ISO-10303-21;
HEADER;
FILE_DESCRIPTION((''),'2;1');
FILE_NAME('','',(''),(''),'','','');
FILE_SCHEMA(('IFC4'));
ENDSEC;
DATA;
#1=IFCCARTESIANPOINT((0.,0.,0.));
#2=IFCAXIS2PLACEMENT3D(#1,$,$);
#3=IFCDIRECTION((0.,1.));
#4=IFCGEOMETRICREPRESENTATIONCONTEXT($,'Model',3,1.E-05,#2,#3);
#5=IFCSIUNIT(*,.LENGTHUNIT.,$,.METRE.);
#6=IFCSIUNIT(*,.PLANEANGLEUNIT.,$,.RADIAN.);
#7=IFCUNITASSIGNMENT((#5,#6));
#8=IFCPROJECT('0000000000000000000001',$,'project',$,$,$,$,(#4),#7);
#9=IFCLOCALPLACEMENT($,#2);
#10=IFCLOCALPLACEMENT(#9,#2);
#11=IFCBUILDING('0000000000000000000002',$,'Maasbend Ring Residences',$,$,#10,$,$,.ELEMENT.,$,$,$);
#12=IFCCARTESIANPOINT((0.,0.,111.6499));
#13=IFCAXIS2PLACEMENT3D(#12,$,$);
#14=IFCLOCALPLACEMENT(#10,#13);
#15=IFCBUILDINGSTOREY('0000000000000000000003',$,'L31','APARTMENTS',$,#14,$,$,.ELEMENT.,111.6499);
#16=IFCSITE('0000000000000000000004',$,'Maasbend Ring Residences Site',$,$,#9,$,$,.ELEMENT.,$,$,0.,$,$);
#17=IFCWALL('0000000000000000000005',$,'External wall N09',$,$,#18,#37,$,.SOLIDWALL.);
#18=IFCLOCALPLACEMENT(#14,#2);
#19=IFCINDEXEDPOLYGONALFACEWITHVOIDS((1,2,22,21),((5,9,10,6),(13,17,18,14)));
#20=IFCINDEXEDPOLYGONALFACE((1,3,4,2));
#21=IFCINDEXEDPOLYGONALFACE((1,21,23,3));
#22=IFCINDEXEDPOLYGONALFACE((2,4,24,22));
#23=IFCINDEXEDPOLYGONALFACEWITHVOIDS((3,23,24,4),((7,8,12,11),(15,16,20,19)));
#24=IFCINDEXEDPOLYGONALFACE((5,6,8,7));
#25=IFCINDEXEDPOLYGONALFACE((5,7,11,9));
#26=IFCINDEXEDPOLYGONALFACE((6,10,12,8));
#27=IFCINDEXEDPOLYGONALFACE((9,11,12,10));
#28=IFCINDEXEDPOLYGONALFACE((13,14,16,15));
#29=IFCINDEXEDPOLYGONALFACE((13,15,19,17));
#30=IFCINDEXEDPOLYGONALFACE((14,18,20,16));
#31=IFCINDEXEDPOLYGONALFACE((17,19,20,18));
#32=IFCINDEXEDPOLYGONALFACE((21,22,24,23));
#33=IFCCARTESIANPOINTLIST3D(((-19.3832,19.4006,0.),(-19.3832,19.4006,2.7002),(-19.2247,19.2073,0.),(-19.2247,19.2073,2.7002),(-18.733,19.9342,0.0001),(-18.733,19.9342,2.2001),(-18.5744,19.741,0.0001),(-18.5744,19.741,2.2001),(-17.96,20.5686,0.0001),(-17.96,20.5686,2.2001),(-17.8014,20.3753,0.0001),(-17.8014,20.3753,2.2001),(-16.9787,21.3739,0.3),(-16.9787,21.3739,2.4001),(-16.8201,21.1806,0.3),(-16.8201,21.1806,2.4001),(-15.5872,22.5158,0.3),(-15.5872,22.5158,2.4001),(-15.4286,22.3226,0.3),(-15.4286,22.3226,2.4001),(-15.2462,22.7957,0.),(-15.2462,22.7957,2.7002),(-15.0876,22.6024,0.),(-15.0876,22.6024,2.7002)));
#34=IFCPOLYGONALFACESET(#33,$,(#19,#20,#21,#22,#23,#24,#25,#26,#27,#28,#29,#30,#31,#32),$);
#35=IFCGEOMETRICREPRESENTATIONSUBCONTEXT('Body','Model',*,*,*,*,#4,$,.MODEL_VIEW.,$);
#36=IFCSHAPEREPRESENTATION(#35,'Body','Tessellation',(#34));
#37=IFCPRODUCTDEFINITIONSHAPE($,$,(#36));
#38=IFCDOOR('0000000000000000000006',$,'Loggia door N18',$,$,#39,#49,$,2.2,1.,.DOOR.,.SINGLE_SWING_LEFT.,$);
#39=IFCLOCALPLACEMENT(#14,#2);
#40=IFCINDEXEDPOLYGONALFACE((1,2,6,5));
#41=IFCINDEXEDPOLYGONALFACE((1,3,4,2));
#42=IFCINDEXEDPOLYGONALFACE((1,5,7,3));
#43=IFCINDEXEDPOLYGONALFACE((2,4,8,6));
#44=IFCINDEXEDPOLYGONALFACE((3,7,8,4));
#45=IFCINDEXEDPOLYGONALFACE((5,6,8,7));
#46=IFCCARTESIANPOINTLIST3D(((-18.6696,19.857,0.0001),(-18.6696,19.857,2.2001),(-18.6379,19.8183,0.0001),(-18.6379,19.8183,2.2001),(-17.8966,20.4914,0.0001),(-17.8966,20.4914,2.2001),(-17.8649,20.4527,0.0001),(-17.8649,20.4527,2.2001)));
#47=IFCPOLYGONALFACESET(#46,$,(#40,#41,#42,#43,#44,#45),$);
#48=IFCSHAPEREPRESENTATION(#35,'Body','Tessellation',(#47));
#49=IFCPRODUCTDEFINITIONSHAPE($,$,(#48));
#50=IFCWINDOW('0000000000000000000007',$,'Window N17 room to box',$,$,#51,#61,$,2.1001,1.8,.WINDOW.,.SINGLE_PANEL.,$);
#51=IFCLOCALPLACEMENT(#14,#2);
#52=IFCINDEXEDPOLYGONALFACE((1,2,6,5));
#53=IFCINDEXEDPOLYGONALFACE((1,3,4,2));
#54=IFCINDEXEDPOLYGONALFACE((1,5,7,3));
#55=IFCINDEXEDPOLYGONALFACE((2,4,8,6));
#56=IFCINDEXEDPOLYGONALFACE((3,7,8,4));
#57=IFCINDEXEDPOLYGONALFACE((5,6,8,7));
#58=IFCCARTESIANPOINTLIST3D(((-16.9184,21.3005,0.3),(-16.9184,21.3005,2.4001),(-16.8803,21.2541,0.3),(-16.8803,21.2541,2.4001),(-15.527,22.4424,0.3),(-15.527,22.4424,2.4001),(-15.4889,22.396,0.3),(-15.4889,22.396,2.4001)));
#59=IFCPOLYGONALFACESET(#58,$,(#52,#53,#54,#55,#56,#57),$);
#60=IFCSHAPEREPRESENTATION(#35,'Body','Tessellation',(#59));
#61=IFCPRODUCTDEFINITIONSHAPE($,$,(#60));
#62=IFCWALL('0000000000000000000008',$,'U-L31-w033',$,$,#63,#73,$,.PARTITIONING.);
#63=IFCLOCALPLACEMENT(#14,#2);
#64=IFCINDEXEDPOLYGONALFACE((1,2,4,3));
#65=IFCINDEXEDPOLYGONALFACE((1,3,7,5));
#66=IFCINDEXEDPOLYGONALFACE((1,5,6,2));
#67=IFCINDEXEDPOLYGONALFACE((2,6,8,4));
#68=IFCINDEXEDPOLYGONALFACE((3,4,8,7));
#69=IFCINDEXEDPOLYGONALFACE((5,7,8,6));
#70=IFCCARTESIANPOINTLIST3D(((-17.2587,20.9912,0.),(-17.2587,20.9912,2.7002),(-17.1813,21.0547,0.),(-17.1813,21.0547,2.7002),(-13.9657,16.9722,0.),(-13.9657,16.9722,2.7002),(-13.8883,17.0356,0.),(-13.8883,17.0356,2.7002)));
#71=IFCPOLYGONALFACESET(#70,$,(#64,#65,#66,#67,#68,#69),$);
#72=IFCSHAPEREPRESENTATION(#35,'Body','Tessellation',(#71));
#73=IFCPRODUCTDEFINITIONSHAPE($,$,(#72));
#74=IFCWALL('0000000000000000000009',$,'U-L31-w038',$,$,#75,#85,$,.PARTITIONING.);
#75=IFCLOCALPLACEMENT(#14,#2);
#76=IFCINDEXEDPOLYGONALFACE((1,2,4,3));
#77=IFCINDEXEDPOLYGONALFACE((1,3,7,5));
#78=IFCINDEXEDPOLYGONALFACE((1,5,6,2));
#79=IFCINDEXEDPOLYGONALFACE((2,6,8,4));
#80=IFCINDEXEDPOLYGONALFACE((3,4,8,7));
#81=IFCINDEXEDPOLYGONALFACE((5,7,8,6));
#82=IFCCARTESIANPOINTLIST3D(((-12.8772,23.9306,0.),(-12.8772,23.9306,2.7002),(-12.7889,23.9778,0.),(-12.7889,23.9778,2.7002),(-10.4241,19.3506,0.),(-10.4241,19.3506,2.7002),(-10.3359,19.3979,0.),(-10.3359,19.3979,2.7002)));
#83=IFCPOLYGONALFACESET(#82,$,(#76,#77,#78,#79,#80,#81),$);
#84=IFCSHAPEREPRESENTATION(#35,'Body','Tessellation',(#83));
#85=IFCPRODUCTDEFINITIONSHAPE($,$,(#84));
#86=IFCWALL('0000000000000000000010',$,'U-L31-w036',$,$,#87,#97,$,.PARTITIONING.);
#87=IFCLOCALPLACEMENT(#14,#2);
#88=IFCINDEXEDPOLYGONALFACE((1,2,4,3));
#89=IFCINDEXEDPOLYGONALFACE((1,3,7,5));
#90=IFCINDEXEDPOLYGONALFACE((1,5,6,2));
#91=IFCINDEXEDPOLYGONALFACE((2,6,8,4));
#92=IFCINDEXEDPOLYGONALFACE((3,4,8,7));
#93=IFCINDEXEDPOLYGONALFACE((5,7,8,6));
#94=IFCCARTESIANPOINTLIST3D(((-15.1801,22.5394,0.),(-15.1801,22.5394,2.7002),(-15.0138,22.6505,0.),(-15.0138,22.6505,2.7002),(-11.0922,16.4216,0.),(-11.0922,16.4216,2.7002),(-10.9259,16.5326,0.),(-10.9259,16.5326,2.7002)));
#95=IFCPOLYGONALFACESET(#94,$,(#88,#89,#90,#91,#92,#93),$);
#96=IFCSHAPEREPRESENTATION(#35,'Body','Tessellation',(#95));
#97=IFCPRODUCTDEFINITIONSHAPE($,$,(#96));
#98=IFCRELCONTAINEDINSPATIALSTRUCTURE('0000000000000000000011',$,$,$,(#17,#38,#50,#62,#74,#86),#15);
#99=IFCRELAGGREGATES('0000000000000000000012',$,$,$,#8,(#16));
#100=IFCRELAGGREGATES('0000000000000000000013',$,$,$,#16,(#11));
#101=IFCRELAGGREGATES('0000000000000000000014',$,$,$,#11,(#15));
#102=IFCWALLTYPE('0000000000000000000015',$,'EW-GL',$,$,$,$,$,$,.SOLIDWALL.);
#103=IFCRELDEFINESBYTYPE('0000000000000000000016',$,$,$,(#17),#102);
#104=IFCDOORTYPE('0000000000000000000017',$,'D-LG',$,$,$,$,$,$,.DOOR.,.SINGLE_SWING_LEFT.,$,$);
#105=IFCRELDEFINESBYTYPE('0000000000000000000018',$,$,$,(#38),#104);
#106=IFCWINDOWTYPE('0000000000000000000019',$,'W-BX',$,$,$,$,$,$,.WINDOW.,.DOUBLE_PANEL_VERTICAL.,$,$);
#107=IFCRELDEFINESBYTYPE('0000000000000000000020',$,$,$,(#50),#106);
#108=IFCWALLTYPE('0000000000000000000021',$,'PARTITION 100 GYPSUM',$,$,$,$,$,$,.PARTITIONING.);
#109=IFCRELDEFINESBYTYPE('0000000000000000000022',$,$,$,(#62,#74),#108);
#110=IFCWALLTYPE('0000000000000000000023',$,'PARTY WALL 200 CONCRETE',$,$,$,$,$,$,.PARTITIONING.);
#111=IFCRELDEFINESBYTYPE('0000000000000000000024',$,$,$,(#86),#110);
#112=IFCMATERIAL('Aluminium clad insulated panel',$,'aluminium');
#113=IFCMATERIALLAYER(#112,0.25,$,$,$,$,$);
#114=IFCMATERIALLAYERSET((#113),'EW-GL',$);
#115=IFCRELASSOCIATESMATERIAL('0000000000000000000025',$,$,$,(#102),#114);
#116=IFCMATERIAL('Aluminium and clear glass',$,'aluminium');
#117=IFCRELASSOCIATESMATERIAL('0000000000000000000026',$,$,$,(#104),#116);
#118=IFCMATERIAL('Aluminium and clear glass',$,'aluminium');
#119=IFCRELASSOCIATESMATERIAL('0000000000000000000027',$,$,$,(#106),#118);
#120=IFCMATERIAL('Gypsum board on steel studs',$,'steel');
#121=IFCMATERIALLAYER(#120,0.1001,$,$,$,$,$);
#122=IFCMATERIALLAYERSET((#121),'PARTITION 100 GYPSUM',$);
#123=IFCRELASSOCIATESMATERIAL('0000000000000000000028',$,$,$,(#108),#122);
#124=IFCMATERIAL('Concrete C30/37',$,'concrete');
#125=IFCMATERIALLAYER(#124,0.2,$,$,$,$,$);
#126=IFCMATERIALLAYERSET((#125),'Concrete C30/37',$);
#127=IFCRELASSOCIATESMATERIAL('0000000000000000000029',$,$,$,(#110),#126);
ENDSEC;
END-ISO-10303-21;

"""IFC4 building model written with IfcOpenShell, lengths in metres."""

from ifc_helpers import new_model, si_unit, direction, frame, frame_2d, origin, place, context, subcontext, project, spatial, rectangle, extrude, material, layer, layer_set, type_object, element, fill, save


model = new_model("IFC4")

# Units and contexts
model_context = context("Model", 3, precision=1e-05, world=origin(), true_north=direction((0.0, 1.0)))
body_context = subcontext(model_context, "Body", "Model", "MODEL_VIEW")
ifc_project = project(units=[si_unit("LENGTHUNIT", "METRE"), si_unit("PLANEANGLEUNIT", "RADIAN")], contexts=[model_context])

# Site, building, storey
site_placement = place(None, origin())
site = spatial("IfcSite", under=ifc_project, at=site_placement, Name="Maasbend Ring Residences Site", CompositionType="ELEMENT", RefElevation=0.0)
building_placement = place(site_placement, origin())
building = spatial("IfcBuilding", under=site, at=building_placement, Name="Maasbend Ring Residences", CompositionType="ELEMENT")
storey_placement = place(building_placement, frame((0.0, 0.0, 111.6499)))
storey = spatial("IfcBuildingStorey", under=building, at=storey_placement, Name="L31", Description="APARTMENTS", CompositionType="ELEMENT", Elevation=111.6499)

# Wall, openings, door, window
ifc_material_1 = material(Name="Aluminium clad insulated panel", Category="aluminium")
ifc_layer_1 = layer(ifc_material_1, 0.25)
ifc_layer_set_1 = layer_set([ifc_layer_1], Name="EW-GL")
wall_type_1 = type_object("IfcWallType", Name="EW-GL", PredefinedType="SOLIDWALL", material=ifc_layer_set_1)
wall_1_placement = place(storey_placement, frame((-15.167, 22.699, 0.0), z_axis=(0.0, 0.0, 1.0), x_axis=(-0.773019, -0.634382, 0.0)))
wall_1 = element("IfcWall", 1, at=wall_1_placement, inside=storey, type_object=wall_type_1, Name="External wall N09", PredefinedType="SOLIDWALL", context=body_context, shape_type="SweptSolid", body=[
    extrude(rectangle(XDim=5.3518, YDim=0.25, at=frame_2d((2.6758, 0.0))), origin(), (0.0, 0.0, 1.0), 2.7002),
])
opening_1_placement = place(wall_1_placement, frame((0.4412, 0.0, 0.3)))
opening_1 = element("IfcOpeningElement", 2, at=opening_1_placement, cuts=wall_1, PredefinedType="OPENING", context=body_context, shape_type="SweptSolid", body=[
    extrude(rectangle(XDim=1.8, YDim=2.1001, at=frame_2d((0.8999, 1.05))), frame((0.0, 0.135, 0.0), z_axis=(0.0, -1.0, 0.0), x_axis=(1.0, 0.0, 0.0)), (0.0, 0.0, 1.0), 0.27),
])
opening_2_placement = place(wall_1_placement, frame((3.5105, 0.0, 0.0)))
opening_2 = element("IfcOpeningElement", 3, at=opening_2_placement, cuts=wall_1, PredefinedType="OPENING", context=body_context, shape_type="SweptSolid", body=[
    extrude(rectangle(XDim=1.0, YDim=2.2, at=frame_2d((0.5, 1.1001))), frame((0.0, 0.135, 0.0), z_axis=(0.0, -1.0, 0.0), x_axis=(1.0, 0.0, 0.0)), (0.0, 0.0, 1.0), 0.27),
])
ifc_material_2 = material(Name="Aluminium and clear glass", Category="aluminium")
door_type = type_object("IfcDoorType", Name="D-LG", OperationType="SINGLE_SWING_LEFT", PredefinedType="DOOR", material=ifc_material_2)
door_placement = place(opening_2_placement, origin())
door = element("IfcDoor", 4, at=door_placement, inside=storey, type_object=door_type, Name="Loggia door N18", OperationType="SINGLE_SWING_LEFT", OverallHeight=2.2, OverallWidth=1.0, PredefinedType="DOOR", context=body_context, shape_type="SweptSolid", body=[
    extrude(rectangle(XDim=1.0, YDim=2.2, at=frame_2d((0.5, 1.1001))), frame((0.0, 0.0249, 0.0), z_axis=(0.0, -1.0, 0.0), x_axis=(1.0, 0.0, 0.0)), (0.0, 0.0, 1.0), 0.05),
])
fill(opening_2, door)
ifc_material_3 = material(Name="Aluminium and clear glass", Category="aluminium")
window_type_1 = type_object("IfcWindowType", Name="W-BX", PartitioningType="DOUBLE_PANEL_VERTICAL", PredefinedType="WINDOW", material=ifc_material_3)
window_1_placement = place(opening_1_placement, origin())
window_1 = element("IfcWindow", 5, at=window_1_placement, inside=storey, type_object=window_type_1, Name="Window N17 room to box", OverallHeight=2.1001, OverallWidth=1.8, PartitioningType="SINGLE_PANEL", PredefinedType="WINDOW", context=body_context, shape_type="SweptSolid", body=[
    extrude(rectangle(XDim=1.8, YDim=2.1001, at=frame_2d((0.8999, 1.05))), frame((0.0, 0.03, 0.0), z_axis=(0.0, -1.0, 0.0), x_axis=(1.0, 0.0, 0.0)), (0.0, 0.0, 1.0), 0.0601),
])
fill(opening_1, window_1)

# Walls
ifc_material_4 = material(Name="Gypsum board on steel studs", Category="steel")
ifc_layer_2 = layer(ifc_material_4, 0.1001)
ifc_layer_set_2 = layer_set([ifc_layer_2], Name="PARTITION 100 GYPSUM")
wall_type_2 = type_object("IfcWallType", Name="PARTITION 100 GYPSUM", PredefinedType="PARTITIONING", material=ifc_layer_set_2)
wall_2_placement = place(storey_placement, frame((-17.22, 21.0229, 0.0), z_axis=(0.0, 0.0, 1.0), x_axis=(0.633775, -0.773517, 0.0)))
element("IfcWall", 6, at=wall_2_placement, inside=storey, type_object=wall_type_2, Name="U-L31-w033", PredefinedType="PARTITIONING", context=body_context, shape_type="SweptSolid", body=[
    extrude(rectangle(XDim=5.1958, YDim=0.1001, at=frame_2d((2.5979, 0.0))), origin(), (0.0, 0.0, 1.0), 2.7002),
])
wall_3_placement = place(storey_placement, frame((-12.833, 23.9541, 0.0), z_axis=(0.0, 0.0, 1.0), x_axis=(0.472148, -0.881519, 0.0)))
element("IfcWall", 7, at=wall_3_placement, inside=storey, type_object=wall_type_2, Name="U-L31-w038", PredefinedType="PARTITIONING", context=body_context, shape_type="SweptSolid", body=[
    extrude(rectangle(XDim=5.1956, YDim=0.1001, at=frame_2d((2.5977, 0.0))), origin(), (0.0, 0.0, 1.0), 2.7002),
])
ifc_material_5 = material(Name="Concrete C30/37", Category="concrete")
ifc_layer_3 = layer(ifc_material_5, 0.2)
ifc_layer_set_3 = layer_set([ifc_layer_3], Name="Concrete C30/37")
wall_type_3 = type_object("IfcWallType", Name="PARTY WALL 200 CONCRETE", PredefinedType="PARTITIONING", material=ifc_layer_set_3)
wall_4_placement = place(storey_placement, frame((-15.0969, 22.595, 0.0), z_axis=(0.0, 0.0, 1.0), x_axis=(0.555573, -0.831468, 0.0)))
element("IfcWall", 8, at=wall_4_placement, inside=storey, type_object=wall_type_3, Name="U-L31-w036", PredefinedType="PARTITIONING", context=body_context, shape_type="SweptSolid", body=[
    extrude(rectangle(XDim=7.3579, YDim=0.2, at=frame_2d((3.679, 0.0))), origin(), (0.0, 0.0, 1.0), 2.7002),
])

save(model, "model.ifc")
